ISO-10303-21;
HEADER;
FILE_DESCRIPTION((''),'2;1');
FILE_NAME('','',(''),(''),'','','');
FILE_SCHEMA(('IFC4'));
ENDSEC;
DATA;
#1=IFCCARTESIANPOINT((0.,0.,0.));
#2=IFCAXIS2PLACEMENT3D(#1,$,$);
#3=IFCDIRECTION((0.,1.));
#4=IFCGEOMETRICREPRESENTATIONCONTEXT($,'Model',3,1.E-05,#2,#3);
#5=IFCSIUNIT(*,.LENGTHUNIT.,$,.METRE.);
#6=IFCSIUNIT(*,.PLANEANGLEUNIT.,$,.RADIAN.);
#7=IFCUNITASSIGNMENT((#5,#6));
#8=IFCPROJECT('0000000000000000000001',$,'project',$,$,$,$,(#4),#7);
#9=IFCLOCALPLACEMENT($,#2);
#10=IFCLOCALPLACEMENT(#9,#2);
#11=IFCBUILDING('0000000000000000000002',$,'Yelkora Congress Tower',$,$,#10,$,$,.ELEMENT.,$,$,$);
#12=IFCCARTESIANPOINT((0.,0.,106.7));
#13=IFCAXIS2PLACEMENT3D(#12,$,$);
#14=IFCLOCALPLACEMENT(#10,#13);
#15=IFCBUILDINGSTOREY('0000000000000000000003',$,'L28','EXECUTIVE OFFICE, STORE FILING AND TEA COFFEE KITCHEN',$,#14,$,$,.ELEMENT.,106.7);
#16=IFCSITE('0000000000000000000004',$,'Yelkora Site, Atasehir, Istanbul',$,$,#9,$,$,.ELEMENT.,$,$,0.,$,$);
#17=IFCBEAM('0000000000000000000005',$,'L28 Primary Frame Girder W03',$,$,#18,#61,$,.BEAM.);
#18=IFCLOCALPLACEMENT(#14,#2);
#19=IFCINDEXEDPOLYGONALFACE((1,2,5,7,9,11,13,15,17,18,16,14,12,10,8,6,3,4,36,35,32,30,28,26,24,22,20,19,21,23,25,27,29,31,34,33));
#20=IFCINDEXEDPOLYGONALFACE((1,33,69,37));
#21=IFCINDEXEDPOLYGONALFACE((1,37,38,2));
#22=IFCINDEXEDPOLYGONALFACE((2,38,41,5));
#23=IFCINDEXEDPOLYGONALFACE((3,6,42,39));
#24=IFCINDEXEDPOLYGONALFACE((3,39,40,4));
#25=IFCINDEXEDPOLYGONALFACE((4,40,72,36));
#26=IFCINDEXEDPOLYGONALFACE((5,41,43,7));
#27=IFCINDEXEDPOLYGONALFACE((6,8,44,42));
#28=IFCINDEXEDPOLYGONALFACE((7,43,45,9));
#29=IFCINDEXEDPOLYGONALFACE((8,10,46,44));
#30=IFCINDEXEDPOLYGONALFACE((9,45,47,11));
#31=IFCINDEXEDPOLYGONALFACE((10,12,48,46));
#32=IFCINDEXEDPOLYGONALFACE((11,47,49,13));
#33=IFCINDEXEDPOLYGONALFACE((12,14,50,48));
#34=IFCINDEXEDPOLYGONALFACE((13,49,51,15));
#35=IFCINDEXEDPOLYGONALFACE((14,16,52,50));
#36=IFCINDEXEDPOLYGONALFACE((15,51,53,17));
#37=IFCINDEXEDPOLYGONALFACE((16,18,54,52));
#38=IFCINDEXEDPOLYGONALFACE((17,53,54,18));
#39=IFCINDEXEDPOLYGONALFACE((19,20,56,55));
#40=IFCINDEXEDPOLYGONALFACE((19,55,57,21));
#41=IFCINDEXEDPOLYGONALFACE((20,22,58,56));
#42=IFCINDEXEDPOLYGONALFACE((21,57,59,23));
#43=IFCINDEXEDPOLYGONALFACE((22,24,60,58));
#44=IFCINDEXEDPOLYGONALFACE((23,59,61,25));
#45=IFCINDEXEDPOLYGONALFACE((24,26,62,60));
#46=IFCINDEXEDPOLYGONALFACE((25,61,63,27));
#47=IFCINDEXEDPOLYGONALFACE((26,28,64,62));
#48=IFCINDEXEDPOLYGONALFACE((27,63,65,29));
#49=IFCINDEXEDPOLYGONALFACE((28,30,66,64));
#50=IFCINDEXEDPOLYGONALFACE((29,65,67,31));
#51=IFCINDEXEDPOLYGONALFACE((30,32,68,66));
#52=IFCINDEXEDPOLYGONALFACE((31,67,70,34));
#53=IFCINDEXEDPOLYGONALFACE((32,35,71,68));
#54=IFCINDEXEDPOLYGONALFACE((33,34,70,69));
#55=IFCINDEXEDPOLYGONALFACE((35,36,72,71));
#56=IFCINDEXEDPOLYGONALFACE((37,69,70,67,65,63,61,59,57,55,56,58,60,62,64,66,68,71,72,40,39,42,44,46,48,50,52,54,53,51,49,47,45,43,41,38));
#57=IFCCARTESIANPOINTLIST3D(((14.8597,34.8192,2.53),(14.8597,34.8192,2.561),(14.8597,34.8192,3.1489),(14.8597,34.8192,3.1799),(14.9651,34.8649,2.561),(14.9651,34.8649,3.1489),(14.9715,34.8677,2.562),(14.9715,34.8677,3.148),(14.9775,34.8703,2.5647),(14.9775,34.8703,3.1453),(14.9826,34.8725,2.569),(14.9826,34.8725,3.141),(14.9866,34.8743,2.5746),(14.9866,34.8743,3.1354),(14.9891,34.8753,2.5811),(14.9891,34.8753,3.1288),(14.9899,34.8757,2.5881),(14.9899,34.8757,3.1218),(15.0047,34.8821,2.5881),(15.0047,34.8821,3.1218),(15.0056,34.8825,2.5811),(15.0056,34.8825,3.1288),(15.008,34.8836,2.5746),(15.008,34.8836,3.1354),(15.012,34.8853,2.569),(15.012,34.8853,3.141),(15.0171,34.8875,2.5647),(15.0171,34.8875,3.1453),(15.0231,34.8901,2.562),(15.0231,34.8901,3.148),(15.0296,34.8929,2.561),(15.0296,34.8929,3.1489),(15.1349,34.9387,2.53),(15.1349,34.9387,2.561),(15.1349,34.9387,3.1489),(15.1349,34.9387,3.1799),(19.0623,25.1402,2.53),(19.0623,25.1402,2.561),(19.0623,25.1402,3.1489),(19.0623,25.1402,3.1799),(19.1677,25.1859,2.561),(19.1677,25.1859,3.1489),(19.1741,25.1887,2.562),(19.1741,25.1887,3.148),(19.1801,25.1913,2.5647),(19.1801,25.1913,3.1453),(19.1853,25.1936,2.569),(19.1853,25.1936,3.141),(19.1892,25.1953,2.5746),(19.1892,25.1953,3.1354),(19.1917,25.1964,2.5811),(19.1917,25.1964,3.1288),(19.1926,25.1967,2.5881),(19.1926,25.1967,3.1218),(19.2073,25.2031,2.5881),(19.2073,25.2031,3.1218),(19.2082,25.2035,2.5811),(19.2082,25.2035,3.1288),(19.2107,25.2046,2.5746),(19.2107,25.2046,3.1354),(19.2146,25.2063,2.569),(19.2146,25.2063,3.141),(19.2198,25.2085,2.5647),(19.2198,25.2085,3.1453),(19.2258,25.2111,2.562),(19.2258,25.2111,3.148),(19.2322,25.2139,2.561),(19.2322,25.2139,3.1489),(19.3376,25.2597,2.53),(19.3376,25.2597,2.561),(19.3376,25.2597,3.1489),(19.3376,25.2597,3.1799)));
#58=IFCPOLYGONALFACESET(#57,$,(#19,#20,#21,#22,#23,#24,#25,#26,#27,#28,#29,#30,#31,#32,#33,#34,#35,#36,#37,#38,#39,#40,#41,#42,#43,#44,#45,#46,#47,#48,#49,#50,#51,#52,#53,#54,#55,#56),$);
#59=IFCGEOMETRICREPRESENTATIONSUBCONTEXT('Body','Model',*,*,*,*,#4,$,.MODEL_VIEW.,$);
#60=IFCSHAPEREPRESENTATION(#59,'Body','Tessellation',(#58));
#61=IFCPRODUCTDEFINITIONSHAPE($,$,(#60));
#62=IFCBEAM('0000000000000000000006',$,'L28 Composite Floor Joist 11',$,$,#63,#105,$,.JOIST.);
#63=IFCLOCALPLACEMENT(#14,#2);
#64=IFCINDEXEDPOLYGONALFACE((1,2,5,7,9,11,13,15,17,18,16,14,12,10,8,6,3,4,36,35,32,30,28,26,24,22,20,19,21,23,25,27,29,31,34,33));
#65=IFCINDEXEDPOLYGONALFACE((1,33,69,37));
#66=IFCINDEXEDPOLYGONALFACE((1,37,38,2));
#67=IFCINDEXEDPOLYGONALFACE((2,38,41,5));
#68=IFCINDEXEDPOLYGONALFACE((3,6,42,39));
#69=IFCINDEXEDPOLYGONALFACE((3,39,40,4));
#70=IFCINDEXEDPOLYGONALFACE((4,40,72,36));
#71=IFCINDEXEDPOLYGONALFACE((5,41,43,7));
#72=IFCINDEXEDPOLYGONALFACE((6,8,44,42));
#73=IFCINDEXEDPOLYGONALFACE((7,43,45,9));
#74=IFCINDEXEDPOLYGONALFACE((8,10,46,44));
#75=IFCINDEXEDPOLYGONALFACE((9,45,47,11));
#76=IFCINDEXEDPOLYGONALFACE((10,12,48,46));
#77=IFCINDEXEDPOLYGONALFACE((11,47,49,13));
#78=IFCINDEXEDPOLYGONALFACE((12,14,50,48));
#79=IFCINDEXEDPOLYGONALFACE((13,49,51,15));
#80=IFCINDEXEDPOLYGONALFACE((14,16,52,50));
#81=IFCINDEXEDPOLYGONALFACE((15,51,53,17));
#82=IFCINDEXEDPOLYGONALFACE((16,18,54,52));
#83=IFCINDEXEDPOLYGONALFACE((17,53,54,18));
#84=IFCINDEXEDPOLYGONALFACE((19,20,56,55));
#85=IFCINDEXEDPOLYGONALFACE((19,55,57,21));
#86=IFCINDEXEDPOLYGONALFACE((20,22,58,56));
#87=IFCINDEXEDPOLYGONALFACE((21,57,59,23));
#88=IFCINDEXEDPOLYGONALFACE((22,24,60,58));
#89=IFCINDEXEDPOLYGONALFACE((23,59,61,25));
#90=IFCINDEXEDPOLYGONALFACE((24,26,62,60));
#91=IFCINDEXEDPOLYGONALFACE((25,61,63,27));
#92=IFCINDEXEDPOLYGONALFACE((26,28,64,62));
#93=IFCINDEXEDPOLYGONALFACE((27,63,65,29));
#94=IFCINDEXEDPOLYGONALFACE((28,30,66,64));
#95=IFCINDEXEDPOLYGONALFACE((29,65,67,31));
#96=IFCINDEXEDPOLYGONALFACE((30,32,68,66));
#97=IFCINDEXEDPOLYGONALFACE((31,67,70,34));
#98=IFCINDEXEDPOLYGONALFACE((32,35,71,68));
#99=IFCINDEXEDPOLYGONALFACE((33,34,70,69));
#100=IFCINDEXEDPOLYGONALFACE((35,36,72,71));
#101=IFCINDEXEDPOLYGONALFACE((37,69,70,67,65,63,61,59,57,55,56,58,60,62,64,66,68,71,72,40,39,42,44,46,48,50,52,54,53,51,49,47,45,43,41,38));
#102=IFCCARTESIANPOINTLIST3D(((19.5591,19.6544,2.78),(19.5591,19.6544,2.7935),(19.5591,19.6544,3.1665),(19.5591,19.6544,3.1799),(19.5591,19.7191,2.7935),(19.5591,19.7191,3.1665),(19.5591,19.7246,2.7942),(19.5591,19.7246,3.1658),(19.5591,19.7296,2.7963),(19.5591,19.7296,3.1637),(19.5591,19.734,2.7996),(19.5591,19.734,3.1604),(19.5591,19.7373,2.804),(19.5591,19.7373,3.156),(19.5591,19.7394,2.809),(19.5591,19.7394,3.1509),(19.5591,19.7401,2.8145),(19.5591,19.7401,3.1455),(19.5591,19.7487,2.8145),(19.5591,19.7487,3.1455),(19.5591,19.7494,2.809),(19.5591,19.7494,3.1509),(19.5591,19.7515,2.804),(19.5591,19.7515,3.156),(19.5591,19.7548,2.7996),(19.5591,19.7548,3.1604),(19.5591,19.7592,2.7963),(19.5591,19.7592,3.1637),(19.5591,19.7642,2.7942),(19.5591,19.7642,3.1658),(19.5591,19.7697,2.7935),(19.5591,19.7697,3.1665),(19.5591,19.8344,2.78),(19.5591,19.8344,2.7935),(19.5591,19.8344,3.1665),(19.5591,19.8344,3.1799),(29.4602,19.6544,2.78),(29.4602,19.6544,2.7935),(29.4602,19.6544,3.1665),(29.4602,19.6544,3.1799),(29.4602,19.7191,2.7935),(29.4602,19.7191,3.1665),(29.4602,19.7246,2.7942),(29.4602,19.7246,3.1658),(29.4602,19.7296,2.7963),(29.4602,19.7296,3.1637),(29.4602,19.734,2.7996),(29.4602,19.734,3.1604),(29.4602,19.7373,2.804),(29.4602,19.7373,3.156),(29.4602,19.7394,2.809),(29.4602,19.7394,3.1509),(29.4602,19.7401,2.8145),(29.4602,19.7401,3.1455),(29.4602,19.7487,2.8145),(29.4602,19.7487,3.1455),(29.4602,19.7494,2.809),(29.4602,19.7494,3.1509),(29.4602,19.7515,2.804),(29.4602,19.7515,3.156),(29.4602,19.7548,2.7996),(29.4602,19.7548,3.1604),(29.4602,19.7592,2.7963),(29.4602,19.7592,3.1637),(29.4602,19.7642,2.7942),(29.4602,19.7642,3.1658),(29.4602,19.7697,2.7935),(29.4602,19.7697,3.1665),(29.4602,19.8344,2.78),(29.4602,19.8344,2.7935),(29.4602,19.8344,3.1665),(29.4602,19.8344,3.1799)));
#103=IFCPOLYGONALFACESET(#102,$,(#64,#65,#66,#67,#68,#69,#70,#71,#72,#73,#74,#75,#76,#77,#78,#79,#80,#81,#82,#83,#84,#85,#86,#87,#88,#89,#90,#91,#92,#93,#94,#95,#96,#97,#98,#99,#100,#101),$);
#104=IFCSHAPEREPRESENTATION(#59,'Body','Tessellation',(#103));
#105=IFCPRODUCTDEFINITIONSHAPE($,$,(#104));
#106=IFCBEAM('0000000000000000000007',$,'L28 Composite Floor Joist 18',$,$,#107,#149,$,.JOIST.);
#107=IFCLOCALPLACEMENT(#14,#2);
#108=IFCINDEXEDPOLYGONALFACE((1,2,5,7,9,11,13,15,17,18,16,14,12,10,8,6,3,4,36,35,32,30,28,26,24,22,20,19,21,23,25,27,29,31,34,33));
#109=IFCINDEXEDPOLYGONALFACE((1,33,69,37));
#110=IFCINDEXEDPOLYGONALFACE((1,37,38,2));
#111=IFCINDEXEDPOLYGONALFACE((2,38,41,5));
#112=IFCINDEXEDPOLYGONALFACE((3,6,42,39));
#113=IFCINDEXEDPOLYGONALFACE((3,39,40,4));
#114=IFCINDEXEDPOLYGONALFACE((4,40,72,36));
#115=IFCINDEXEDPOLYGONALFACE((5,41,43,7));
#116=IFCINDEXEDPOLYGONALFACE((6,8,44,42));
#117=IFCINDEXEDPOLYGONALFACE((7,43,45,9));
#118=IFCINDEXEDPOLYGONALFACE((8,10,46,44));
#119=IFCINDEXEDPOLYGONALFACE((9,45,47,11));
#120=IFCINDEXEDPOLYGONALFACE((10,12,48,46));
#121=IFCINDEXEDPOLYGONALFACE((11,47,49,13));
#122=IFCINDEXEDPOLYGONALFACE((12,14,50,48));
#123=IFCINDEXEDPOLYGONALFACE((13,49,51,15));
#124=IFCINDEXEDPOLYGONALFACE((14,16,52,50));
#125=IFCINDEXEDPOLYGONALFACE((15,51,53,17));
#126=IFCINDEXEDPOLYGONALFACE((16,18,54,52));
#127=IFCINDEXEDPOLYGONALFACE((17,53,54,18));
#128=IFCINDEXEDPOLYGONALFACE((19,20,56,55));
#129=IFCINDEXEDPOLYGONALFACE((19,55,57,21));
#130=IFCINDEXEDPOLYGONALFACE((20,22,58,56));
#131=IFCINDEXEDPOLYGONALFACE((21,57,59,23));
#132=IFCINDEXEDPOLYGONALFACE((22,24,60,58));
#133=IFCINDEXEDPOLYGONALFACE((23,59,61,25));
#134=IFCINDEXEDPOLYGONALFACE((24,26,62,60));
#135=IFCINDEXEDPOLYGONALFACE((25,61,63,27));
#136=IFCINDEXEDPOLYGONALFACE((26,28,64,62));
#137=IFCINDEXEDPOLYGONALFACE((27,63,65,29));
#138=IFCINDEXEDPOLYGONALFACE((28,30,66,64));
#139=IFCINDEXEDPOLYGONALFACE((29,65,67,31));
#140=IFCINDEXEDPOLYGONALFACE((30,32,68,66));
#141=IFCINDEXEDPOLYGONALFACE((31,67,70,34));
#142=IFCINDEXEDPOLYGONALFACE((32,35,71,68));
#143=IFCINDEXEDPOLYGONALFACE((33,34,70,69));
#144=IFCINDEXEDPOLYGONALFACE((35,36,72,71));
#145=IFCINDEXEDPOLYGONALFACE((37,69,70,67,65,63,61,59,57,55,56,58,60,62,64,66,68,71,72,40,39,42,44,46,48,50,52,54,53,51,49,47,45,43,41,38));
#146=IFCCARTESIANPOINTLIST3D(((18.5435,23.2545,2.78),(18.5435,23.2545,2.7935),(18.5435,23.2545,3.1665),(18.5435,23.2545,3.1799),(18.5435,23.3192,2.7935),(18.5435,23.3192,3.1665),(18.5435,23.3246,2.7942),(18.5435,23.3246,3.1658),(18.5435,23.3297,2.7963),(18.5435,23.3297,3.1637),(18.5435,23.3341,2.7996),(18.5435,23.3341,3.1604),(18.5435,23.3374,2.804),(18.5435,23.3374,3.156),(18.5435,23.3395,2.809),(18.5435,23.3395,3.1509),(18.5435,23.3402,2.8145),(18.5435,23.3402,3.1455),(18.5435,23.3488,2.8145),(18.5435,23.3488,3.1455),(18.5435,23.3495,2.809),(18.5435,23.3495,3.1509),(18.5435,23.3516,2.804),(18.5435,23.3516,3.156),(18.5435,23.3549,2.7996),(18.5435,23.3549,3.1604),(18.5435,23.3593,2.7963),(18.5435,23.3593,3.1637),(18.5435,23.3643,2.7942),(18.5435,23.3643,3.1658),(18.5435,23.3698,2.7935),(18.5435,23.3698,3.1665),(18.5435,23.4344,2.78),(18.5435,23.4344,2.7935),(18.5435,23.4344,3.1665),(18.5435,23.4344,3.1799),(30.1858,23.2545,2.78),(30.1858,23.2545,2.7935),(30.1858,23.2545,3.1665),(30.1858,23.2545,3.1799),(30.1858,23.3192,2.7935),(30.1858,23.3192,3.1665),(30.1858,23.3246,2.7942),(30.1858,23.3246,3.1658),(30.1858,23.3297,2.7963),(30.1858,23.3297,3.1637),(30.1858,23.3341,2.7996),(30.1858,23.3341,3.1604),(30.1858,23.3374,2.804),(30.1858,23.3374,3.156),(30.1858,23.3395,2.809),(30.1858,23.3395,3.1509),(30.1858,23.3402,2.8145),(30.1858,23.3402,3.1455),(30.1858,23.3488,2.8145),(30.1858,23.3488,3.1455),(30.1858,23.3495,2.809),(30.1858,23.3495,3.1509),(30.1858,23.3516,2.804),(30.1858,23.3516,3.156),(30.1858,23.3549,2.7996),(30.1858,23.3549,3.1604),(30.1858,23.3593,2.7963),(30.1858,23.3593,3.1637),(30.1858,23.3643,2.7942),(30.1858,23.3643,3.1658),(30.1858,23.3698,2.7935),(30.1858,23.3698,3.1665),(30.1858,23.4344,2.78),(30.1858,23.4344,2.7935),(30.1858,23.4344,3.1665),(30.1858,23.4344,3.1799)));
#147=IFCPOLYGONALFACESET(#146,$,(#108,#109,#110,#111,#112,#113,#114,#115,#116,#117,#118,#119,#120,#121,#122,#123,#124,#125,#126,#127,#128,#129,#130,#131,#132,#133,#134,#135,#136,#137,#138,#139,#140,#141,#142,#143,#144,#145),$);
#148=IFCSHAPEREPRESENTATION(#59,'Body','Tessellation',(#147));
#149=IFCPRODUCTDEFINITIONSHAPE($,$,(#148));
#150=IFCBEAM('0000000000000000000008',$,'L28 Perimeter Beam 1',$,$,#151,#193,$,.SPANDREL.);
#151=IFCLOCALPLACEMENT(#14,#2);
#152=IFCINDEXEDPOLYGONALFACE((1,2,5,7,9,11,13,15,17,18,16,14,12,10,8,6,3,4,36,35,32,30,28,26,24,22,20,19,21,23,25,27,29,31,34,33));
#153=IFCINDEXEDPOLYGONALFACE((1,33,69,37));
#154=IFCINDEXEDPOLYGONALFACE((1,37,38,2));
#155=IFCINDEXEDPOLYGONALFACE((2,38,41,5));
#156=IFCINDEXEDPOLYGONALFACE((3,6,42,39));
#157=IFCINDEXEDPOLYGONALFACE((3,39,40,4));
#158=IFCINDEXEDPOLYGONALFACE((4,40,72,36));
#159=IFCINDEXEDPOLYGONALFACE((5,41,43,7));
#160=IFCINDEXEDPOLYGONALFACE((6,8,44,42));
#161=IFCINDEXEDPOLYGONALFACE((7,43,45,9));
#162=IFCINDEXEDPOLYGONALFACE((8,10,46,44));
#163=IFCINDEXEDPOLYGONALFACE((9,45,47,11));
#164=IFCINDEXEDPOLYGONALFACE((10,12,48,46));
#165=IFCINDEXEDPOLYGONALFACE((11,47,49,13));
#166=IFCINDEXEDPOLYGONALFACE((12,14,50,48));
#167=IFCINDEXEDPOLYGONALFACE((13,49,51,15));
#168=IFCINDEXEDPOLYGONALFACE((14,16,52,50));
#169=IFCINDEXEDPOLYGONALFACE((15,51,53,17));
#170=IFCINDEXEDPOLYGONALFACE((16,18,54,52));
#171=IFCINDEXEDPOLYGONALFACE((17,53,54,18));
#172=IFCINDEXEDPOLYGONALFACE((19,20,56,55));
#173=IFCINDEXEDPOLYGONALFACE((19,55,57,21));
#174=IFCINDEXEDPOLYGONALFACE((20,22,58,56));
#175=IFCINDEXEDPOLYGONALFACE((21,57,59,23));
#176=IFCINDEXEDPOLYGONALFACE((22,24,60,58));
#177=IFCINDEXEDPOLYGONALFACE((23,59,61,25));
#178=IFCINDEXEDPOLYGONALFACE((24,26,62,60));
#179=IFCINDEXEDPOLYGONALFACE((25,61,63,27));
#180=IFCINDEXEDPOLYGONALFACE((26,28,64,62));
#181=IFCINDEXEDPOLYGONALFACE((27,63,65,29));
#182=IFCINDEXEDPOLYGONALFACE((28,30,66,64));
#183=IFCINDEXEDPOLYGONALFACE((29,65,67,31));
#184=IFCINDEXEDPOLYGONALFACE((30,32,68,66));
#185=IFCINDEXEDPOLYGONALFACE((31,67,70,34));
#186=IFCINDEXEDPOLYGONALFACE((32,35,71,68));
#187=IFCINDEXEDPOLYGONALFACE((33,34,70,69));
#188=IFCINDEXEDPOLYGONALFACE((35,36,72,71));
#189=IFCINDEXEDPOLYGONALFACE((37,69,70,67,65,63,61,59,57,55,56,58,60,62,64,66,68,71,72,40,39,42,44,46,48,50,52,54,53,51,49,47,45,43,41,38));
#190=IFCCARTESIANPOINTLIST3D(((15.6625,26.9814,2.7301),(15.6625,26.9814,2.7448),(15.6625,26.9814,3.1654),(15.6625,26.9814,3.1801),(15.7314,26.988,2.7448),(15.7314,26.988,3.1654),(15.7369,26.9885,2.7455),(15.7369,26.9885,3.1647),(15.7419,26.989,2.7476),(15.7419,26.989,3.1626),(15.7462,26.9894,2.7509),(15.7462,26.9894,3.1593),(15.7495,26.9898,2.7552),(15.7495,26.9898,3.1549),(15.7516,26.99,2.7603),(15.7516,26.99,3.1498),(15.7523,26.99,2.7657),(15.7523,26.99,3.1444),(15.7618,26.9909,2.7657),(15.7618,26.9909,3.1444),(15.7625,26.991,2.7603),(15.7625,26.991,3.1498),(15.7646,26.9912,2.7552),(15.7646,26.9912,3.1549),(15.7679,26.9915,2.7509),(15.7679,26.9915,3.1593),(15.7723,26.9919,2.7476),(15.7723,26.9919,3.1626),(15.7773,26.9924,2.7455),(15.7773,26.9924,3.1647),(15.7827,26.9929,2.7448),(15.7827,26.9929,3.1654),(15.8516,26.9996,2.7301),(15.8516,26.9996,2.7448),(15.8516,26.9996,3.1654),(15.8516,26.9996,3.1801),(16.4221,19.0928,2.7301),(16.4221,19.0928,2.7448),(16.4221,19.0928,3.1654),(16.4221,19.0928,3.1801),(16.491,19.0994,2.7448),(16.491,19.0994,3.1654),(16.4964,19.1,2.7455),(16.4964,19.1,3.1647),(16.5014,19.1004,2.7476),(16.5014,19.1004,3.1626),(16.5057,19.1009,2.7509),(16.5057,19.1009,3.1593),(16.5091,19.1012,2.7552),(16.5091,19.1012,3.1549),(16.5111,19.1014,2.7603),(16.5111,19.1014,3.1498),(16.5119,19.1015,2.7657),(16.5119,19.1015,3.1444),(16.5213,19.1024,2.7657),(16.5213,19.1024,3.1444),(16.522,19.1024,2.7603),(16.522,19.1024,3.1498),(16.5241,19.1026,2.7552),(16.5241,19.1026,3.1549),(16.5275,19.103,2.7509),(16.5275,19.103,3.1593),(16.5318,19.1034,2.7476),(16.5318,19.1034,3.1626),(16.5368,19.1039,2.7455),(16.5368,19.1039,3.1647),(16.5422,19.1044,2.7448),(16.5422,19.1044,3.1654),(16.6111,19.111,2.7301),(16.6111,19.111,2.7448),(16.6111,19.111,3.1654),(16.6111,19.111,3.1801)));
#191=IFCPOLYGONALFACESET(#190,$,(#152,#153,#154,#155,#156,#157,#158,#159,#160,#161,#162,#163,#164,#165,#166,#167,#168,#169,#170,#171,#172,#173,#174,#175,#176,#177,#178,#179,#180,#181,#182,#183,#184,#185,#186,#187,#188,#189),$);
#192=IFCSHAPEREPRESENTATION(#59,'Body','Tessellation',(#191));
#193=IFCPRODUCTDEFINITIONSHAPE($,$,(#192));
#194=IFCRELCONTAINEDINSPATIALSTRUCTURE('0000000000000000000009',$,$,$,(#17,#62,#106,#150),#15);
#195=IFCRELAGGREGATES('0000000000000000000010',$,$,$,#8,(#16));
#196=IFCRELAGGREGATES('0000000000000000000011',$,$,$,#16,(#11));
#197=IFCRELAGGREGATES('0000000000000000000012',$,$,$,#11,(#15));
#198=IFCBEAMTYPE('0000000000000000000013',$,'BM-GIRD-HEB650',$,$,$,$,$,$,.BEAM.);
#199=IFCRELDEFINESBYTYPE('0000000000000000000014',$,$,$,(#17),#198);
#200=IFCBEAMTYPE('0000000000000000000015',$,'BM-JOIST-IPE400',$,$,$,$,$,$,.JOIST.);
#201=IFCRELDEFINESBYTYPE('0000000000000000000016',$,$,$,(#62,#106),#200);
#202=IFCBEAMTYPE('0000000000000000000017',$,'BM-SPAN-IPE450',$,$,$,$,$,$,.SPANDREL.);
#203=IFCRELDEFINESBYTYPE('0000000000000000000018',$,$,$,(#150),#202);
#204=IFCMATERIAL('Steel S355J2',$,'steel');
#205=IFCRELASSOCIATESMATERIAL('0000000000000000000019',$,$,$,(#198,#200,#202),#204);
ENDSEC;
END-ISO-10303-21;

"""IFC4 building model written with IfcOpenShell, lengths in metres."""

from ifc_helpers import new_model, si_unit, direction, frame, origin, origin_2d, place, context, subcontext, project, spatial, i_section, extrude, material, material_profile, profile_set, type_object, element, save


model = new_model("IFC4")

# Units and contexts
model_context = context("Model", 3, precision=1e-05, world=origin(), true_north=direction((0.0, 1.0)))
body_context = subcontext(model_context, "Body", "Model", "MODEL_VIEW")
ifc_project = project(units=[si_unit("LENGTHUNIT", "METRE"), si_unit("PLANEANGLEUNIT", "RADIAN")], contexts=[model_context])

# Site, building, storey
site_placement = place(None, origin())
site = spatial("IfcSite", under=ifc_project, at=site_placement, Name="Yelkora Site, Atasehir, Istanbul", CompositionType="ELEMENT", RefElevation=0.0)
building_placement = place(site_placement, origin())
building = spatial("IfcBuilding", under=site, at=building_placement, Name="Yelkora Congress Tower", CompositionType="ELEMENT")
storey_placement = place(building_placement, frame((0.0, 0.0, 106.7)))
storey = spatial("IfcBuildingStorey", under=building, at=storey_placement, Name="L28", Description="EXECUTIVE OFFICE, STORE FILING AND TEA COFFEE KITCHEN", CompositionType="ELEMENT", Elevation=106.7)

# Beams
ifc_material_1 = material(Name="Steel S355J2", Category="steel")
ifc_material_profile_1 = material_profile(ifc_material_1, i_section(OverallWidth=0.3, OverallDepth=0.6499, WebThickness=0.0161, FlangeThickness=0.031, FilletRadius=0.0271, at=origin_2d()), Name="HEB 650")
ifc_profile_set_1 = profile_set([ifc_material_profile_1], Name="Steel S355J2")
beam_type_1 = type_object("IfcBeamType", Name="BM-GIRD-HEB650", PredefinedType="BEAM", material=ifc_profile_set_1)
beam_1_placement = place(storey_placement, frame((14.9973, 34.8789, 2.855), z_axis=(0.398279, -0.917264, 0.0), x_axis=(0.917264, 0.398279, 0.0)))
element("IfcBeam", 1, at=beam_1_placement, inside=storey, type_object=beam_type_1, Name="L28 Primary Frame Girder W03", PredefinedType="BEAM", context=body_context, shape_type="SweptSolid", body=[
    extrude(i_section(OverallWidth=0.3, OverallDepth=0.6499, WebThickness=0.0161, FlangeThickness=0.031, FilletRadius=0.0271, at=origin_2d()), origin(), (0.0, 0.0, 1.0), 10.552),
])
ifc_material_profile_2 = material_profile(ifc_material_1, i_section(OverallWidth=0.1799, OverallDepth=0.3999, WebThickness=0.0085, FlangeThickness=0.0134, FilletRadius=0.021, at=origin_2d()), Name="IPE 400")
ifc_profile_set_2 = profile_set([ifc_material_profile_2], Name="Steel S355J2")
beam_type_2 = type_object("IfcBeamType", Name="BM-JOIST-IPE400", PredefinedType="JOIST", material=ifc_profile_set_2)
beam_2_placement = place(storey_placement, frame((19.5591, 19.7444, 2.98), z_axis=(1.0, 0.0, 0.0), x_axis=(0.0, 1.0, 0.0)))
element("IfcBeam", 2, at=beam_2_placement, inside=storey, type_object=beam_type_2, Name="L28 Composite Floor Joist 11", PredefinedType="JOIST", context=body_context, shape_type="SweptSolid", body=[
    extrude(i_section(OverallWidth=0.1799, OverallDepth=0.3999, WebThickness=0.0085, FlangeThickness=0.0134, FilletRadius=0.021, at=origin_2d()), origin(), (0.0, 0.0, 1.0), 9.9011),
])
beam_3_placement = place(storey_placement, frame((18.5435, 23.3445, 2.98), z_axis=(1.0, 0.0, 0.0), x_axis=(0.0, 1.0, 0.0)))
element("IfcBeam", 3, at=beam_3_placement, inside=storey, type_object=beam_type_2, Name="L28 Composite Floor Joist 18", PredefinedType="JOIST", context=body_context, shape_type="SweptSolid", body=[
    extrude(i_section(OverallWidth=0.1799, OverallDepth=0.3999, WebThickness=0.0085, FlangeThickness=0.0134, FilletRadius=0.021, at=origin_2d()), origin(), (0.0, 0.0, 1.0), 11.6423),
])
ifc_material_profile_3 = material_profile(ifc_material_1, i_section(OverallWidth=0.1899, OverallDepth=0.45, WebThickness=0.0095, FlangeThickness=0.0146, FilletRadius=0.021, at=origin_2d()), Name="IPE 450")
ifc_profile_set_3 = profile_set([ifc_material_profile_3], Name="Steel S355J2")
beam_type_3 = type_object("IfcBeamType", Name="BM-SPAN-IPE450", PredefinedType="SPANDREL", material=ifc_profile_set_3)
beam_4_placement = place(storey_placement, frame((15.7571, 26.9905, 2.9551), z_axis=(0.095837, -0.995397, 0.0), x_axis=(0.995397, 0.095837, 0.0)))
element("IfcBeam", 4, at=beam_4_placement, inside=storey, type_object=beam_type_3, Name="L28 Perimeter Beam 1", PredefinedType="SPANDREL", context=body_context, shape_type="SweptSolid", body=[
    extrude(i_section(OverallWidth=0.1899, OverallDepth=0.45, WebThickness=0.0095, FlangeThickness=0.0146, FilletRadius=0.021, at=origin_2d()), origin(), (0.0, 0.0, 1.0), 7.925),
])

save(model, "model.ifc")
